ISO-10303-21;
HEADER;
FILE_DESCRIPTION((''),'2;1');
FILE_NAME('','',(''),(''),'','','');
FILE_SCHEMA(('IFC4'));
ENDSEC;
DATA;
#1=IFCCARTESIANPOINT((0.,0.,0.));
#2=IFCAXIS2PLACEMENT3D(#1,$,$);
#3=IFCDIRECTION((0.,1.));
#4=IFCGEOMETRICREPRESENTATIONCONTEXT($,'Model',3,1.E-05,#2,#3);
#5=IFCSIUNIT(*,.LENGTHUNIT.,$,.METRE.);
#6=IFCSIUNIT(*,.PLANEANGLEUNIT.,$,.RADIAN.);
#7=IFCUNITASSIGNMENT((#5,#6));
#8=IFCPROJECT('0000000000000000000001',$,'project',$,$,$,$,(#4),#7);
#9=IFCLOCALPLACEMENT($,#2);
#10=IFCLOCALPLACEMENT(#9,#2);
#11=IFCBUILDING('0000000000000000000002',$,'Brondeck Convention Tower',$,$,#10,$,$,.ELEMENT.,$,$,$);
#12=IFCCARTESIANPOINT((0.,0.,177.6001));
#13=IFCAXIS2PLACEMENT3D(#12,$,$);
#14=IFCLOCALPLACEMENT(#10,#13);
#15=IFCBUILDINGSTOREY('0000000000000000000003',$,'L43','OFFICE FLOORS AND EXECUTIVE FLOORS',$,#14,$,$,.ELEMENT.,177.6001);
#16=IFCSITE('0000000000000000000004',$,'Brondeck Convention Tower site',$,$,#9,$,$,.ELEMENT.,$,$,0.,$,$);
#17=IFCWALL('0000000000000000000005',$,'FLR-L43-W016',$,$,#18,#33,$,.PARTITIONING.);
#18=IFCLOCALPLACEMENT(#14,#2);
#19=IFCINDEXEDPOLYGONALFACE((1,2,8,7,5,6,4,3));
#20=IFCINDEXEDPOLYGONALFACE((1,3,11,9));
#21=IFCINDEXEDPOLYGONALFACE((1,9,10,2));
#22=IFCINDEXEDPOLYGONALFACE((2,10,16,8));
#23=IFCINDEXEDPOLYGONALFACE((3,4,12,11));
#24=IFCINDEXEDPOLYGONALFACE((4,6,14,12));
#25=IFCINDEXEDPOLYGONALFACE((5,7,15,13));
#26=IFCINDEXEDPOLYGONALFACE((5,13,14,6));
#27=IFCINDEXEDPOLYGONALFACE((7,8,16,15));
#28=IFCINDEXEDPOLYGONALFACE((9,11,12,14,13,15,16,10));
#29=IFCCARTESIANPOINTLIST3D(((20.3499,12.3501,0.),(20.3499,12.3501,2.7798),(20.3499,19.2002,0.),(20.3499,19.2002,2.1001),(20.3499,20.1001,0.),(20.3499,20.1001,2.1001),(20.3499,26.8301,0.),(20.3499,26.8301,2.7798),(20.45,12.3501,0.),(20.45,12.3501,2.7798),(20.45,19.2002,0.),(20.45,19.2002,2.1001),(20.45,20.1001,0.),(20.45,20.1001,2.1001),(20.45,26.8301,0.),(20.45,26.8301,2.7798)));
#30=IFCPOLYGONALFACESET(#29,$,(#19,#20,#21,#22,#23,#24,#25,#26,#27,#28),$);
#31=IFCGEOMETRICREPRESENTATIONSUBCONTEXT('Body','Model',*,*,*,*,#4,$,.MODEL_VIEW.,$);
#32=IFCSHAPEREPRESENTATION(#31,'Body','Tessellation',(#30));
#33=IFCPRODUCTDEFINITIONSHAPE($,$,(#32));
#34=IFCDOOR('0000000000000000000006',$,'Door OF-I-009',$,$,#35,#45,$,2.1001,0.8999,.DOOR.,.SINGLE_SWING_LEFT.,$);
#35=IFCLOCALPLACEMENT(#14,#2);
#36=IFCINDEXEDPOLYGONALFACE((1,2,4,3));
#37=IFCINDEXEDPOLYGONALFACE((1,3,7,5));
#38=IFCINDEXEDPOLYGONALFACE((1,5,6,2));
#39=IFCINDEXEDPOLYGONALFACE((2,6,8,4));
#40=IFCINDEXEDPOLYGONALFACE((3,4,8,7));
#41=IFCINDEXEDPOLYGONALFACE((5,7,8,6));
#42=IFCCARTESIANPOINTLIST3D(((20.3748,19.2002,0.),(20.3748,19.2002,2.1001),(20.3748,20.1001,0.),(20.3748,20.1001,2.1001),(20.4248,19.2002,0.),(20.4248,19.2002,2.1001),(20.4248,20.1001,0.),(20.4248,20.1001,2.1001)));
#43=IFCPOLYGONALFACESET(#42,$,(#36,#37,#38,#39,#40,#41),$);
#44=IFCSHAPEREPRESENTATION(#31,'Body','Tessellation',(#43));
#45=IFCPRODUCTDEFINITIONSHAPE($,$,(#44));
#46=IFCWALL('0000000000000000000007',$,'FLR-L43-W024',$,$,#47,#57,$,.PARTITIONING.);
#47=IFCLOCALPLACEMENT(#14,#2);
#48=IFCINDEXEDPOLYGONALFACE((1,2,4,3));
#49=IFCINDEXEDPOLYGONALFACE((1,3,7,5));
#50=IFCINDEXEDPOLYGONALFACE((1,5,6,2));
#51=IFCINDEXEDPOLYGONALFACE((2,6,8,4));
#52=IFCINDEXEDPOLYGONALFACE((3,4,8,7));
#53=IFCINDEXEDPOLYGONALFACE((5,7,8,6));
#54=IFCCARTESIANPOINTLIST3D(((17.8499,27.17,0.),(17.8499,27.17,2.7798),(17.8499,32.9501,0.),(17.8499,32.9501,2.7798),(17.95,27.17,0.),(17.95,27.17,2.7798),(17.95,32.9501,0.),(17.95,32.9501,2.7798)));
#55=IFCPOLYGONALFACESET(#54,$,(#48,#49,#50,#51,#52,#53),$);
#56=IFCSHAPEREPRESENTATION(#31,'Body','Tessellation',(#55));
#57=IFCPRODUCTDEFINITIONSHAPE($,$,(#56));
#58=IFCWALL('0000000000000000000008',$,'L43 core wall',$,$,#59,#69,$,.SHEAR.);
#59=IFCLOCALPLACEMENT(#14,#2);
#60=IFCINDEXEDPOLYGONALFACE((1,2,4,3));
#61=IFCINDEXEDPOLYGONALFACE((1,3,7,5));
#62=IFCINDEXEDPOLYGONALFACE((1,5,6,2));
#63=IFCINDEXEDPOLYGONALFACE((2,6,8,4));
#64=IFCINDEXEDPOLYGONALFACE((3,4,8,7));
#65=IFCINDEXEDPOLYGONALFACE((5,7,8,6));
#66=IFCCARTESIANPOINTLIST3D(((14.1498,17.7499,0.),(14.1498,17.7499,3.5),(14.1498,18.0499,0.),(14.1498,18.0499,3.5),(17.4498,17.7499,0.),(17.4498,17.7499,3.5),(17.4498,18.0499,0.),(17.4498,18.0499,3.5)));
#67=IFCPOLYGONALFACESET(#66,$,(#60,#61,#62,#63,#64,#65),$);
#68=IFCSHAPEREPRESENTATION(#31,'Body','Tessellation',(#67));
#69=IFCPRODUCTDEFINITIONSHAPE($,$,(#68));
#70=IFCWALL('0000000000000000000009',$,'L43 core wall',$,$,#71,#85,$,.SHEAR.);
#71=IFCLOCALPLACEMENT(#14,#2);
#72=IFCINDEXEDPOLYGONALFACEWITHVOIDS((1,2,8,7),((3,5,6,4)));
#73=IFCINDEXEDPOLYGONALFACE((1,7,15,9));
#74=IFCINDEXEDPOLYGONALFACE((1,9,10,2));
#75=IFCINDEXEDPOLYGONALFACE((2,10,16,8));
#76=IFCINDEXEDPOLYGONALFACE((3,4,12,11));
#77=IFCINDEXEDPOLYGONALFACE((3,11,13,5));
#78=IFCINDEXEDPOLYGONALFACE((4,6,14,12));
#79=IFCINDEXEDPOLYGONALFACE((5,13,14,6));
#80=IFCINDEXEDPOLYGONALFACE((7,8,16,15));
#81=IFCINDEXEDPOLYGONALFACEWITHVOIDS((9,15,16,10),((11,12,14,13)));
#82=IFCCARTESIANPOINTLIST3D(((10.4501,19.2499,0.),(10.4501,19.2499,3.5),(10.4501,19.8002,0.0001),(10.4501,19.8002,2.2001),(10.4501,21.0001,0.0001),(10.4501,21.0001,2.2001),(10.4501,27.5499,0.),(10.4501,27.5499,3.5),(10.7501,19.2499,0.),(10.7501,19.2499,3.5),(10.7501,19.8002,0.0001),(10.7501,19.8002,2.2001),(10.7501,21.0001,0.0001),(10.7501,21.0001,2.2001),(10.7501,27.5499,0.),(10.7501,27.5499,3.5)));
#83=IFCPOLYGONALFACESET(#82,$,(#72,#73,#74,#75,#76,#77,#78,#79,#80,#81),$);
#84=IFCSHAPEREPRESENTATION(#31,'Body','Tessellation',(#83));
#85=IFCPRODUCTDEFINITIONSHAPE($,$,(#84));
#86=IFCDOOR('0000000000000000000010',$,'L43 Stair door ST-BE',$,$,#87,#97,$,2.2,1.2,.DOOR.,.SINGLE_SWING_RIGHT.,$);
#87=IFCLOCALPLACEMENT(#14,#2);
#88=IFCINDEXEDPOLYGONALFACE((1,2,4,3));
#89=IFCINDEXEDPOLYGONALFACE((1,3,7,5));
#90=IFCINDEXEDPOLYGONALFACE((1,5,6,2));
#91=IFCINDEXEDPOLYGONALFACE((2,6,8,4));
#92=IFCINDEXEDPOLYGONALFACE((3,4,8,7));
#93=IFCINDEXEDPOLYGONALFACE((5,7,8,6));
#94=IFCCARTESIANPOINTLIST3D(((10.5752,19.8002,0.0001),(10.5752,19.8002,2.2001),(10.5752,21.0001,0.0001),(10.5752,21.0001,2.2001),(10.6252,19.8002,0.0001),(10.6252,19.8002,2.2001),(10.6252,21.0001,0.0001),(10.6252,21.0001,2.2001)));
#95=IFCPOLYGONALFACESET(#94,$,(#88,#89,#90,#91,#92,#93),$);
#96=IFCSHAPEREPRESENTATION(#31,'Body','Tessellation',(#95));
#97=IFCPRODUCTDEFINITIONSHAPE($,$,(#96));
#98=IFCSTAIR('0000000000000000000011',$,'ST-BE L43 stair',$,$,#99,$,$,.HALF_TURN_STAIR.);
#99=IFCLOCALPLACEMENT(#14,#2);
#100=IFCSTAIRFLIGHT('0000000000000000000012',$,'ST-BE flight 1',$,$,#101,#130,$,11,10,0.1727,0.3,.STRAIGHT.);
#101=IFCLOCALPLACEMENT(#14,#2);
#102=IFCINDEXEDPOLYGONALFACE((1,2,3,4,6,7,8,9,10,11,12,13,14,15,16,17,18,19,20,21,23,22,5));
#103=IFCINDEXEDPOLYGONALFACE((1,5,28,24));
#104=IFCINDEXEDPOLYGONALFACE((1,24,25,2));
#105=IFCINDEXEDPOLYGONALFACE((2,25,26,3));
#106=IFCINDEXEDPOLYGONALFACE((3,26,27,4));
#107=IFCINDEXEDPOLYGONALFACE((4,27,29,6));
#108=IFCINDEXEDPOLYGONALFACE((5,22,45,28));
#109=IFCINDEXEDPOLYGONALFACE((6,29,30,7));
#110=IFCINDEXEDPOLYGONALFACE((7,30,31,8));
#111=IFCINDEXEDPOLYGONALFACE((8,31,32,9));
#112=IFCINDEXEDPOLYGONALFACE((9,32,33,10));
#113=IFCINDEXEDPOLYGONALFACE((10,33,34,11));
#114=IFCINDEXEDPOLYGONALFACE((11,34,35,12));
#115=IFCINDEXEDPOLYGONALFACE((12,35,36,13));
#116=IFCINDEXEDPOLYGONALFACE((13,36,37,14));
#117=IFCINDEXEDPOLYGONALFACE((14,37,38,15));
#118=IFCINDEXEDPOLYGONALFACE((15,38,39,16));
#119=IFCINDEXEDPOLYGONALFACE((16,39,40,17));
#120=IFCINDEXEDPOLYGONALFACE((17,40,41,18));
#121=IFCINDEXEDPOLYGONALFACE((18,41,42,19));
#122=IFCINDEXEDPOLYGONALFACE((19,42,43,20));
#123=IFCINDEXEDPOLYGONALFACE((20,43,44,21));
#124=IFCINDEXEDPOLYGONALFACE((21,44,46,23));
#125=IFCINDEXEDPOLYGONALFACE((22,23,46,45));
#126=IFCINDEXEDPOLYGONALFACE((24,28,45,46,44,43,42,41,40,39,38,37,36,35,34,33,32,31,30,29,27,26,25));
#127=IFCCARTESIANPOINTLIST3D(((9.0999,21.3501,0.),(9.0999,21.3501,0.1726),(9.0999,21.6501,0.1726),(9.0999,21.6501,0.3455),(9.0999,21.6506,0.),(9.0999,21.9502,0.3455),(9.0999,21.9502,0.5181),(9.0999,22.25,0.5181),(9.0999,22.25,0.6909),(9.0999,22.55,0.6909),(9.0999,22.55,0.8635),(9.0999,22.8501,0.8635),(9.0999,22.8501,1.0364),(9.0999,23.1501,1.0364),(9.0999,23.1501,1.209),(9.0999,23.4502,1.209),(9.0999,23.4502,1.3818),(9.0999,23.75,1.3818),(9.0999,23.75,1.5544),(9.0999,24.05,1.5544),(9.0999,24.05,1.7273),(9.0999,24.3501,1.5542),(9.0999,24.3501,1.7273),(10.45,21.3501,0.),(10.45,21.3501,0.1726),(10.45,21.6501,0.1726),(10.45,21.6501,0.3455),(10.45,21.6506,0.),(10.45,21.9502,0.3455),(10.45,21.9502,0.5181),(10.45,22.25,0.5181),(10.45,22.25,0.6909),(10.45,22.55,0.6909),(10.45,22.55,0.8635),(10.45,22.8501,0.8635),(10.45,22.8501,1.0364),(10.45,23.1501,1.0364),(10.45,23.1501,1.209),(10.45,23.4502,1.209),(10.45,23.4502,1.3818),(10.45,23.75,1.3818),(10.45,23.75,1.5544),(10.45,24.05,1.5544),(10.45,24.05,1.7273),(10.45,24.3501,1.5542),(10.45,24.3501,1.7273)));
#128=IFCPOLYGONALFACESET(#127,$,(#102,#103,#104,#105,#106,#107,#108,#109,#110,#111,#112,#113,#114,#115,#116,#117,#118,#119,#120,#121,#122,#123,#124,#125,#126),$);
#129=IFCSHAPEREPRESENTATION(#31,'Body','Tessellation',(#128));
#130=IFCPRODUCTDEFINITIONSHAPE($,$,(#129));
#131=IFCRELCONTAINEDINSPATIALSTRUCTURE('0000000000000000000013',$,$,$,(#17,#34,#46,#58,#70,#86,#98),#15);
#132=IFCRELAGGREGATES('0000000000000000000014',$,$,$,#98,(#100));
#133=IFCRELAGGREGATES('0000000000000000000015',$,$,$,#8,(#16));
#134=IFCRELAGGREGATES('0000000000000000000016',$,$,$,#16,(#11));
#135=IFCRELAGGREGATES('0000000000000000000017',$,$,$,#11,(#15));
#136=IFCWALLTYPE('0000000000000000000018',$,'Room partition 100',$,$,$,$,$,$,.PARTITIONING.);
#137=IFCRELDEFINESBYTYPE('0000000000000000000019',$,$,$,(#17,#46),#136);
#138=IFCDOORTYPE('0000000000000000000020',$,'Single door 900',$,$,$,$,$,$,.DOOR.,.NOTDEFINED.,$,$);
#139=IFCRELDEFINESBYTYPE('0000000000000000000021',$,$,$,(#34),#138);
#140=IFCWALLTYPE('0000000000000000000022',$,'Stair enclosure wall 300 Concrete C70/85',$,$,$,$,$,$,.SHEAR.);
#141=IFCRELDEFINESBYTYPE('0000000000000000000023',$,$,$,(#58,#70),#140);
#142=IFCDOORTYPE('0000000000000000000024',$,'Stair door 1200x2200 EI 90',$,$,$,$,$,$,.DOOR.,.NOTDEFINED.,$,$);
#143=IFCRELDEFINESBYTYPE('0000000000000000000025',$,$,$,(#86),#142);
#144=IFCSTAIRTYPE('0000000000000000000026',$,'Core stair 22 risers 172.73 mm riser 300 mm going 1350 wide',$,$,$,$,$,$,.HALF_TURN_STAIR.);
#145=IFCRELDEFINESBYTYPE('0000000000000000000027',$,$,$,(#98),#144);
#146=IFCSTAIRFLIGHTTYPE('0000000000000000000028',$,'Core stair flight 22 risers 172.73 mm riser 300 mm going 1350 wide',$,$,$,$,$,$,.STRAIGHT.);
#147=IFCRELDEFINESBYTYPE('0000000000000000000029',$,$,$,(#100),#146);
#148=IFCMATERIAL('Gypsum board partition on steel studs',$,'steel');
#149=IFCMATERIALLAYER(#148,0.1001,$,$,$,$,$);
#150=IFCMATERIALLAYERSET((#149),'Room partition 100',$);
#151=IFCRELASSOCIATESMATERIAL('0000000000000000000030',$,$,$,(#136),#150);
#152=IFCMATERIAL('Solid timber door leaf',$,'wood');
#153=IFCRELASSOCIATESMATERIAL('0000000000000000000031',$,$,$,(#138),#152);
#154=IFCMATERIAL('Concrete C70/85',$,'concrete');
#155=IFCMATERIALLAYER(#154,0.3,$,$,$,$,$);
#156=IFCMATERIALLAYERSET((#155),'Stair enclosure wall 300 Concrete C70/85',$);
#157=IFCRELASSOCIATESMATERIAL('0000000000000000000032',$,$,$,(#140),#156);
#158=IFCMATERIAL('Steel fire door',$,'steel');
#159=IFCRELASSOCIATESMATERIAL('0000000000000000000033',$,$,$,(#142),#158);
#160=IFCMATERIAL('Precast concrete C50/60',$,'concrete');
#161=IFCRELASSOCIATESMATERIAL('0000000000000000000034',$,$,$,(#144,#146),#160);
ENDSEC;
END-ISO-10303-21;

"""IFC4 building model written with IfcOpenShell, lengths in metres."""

from ifc_helpers import new_model, si_unit, direction, frame, frame_2d, origin, place, context, subcontext, project, spatial, polyline, rectangle, outline, extrude, material, layer, layer_set, type_object, element, fill, aggregate, save


model = new_model("IFC4")

# Units and contexts
model_context = context("Model", 3, precision=1e-05, world=origin(), true_north=direction((0.0, 1.0)))
body_context = subcontext(model_context, "Body", "Model", "MODEL_VIEW")
ifc_project = project(units=[si_unit("LENGTHUNIT", "METRE"), si_unit("PLANEANGLEUNIT", "RADIAN")], contexts=[model_context])

# Site, building, storey
site_placement = place(None, origin())
site = spatial("IfcSite", under=ifc_project, at=site_placement, Name="Brondeck Convention Tower site", CompositionType="ELEMENT", RefElevation=0.0)
building_placement = place(site_placement, origin())
building = spatial("IfcBuilding", under=site, at=building_placement, Name="Brondeck Convention Tower", CompositionType="ELEMENT")
storey_placement = place(building_placement, frame((0.0, 0.0, 177.6001)))
storey = spatial("IfcBuildingStorey", under=building, at=storey_placement, Name="L43", Description="OFFICE FLOORS AND EXECUTIVE FLOORS", CompositionType="ELEMENT", Elevation=177.6001)

# Shared definitions
ifc_material_1 = material(Name="Concrete C70/85", Category="concrete")

# Shared definitions
ifc_material_2 = material(Name="Gypsum board partition on steel studs", Category="steel")
ifc_layer_1 = layer(ifc_material_2, 0.1001)
ifc_layer_set_1 = layer_set([ifc_layer_1], Name="Room partition 100")
wall_type_1 = type_object("IfcWallType", Name="Room partition 100", PredefinedType="PARTITIONING", material=ifc_layer_set_1)

# Wall, opening, door
wall_1_placement = place(storey_placement, frame((20.3999, 26.8301, 0.0), z_axis=(0.0, 0.0, 1.0), x_axis=(0.0, -1.0, 0.0)))
wall_1 = element("IfcWall", 1, at=wall_1_placement, inside=storey, type_object=wall_type_1, Name="FLR-L43-W016", PredefinedType="PARTITIONING", context=body_context, shape_type="SweptSolid", body=[
    extrude(rectangle(XDim=14.48, YDim=0.1001, at=frame_2d((7.24, 0.0))), origin(), (0.0, 0.0, 1.0), 2.7798),
])
opening_1_placement = place(wall_1_placement, frame((6.73, 0.0, 0.0)))
opening_1 = element("IfcOpeningElement", 2, at=opening_1_placement, cuts=wall_1, PredefinedType="OPENING", context=body_context, shape_type="SweptSolid", body=[
    extrude(rectangle(XDim=0.8999, YDim=2.1001, at=frame_2d((0.45, 1.05))), frame((0.0, 0.0601, 0.0), z_axis=(0.0, -1.0, 0.0), x_axis=(1.0, 0.0, 0.0)), (0.0, 0.0, 1.0), 0.1201),
])
ifc_material_3 = material(Name="Solid timber door leaf", Category="wood")
door_type_1 = type_object("IfcDoorType", Name="Single door 900", OperationType="NOTDEFINED", PredefinedType="DOOR", material=ifc_material_3)
door_1_placement = place(opening_1_placement, origin())
door_1 = element("IfcDoor", 3, at=door_1_placement, inside=storey, type_object=door_type_1, Name="Door OF-I-009", OperationType="SINGLE_SWING_LEFT", OverallHeight=2.1001, OverallWidth=0.8999, PredefinedType="DOOR", context=body_context, shape_type="SweptSolid", body=[
    extrude(rectangle(XDim=0.8999, YDim=2.1001, at=frame_2d((0.45, 1.05))), frame((0.0, 0.0249, 0.0), z_axis=(0.0, -1.0, 0.0), x_axis=(1.0, 0.0, 0.0)), (0.0, 0.0, 1.0), 0.05),
])
fill(opening_1, door_1)

# Walls
wall_2_placement = place(storey_placement, frame((17.8999, 27.1699, 0.0), z_axis=(0.0, 0.0, 1.0), x_axis=(0.0, 1.0, 0.0)))
element("IfcWall", 4, at=wall_2_placement, inside=storey, type_object=wall_type_1, Name="FLR-L43-W024", PredefinedType="PARTITIONING", context=body_context, shape_type="SweptSolid", body=[
    extrude(rectangle(XDim=5.78, YDim=0.1001, at=frame_2d((2.8901, 0.0))), origin(), (0.0, 0.0, 1.0), 2.7798),
])
ifc_layer_2 = layer(ifc_material_1, 0.3)
ifc_layer_set_2 = layer_set([ifc_layer_2], Name="Stair enclosure wall 300 Concrete C70/85")
wall_type_2 = type_object("IfcWallType", Name="Stair enclosure wall 300 Concrete C70/85", PredefinedType="SHEAR", material=ifc_layer_set_2)
wall_3_placement = place(storey_placement, frame((14.1499, 17.8999, 0.0), z_axis=(0.0, 0.0, 1.0), x_axis=(1.0, 0.0, 0.0)))
element("IfcWall", 5, at=wall_3_placement, inside=storey, type_object=wall_type_2, Name="L43 core wall", PredefinedType="SHEAR", context=body_context, shape_type="SweptSolid", body=[
    extrude(rectangle(XDim=3.3, YDim=0.3, at=frame_2d((1.6499, 0.0))), origin(), (0.0, 0.0, 1.0), 3.5),
])

# Wall, opening, door
wall_4_placement = place(storey_placement, frame((10.6001, 19.25, 0.0), z_axis=(0.0, 0.0, 1.0), x_axis=(0.0, 1.0, 0.0)))
wall_4 = element("IfcWall", 6, at=wall_4_placement, inside=storey, type_object=wall_type_2, Name="L43 core wall", PredefinedType="SHEAR", context=body_context, shape_type="SweptSolid", body=[
    extrude(rectangle(XDim=8.3, YDim=0.3, at=frame_2d((4.1499, 0.0))), origin(), (0.0, 0.0, 1.0), 3.5),
])
opening_2_placement = place(wall_4_placement, frame((0.55, 0.0, 0.0)))
opening_2 = element("IfcOpeningElement", 7, at=opening_2_placement, cuts=wall_4, PredefinedType="OPENING", context=body_context, shape_type="SweptSolid", body=[
    extrude(rectangle(XDim=1.2, YDim=2.2, at=frame_2d((0.6001, 1.1001))), frame((0.0, 0.1599, 0.0), z_axis=(0.0, -1.0, 0.0), x_axis=(1.0, 0.0, 0.0)), (0.0, 0.0, 1.0), 0.3201),
])
ifc_material_4 = material(Name="Steel fire door", Category="steel")
door_type_2 = type_object("IfcDoorType", Name="Stair door 1200x2200 EI 90", OperationType="NOTDEFINED", PredefinedType="DOOR", material=ifc_material_4)
door_2_placement = place(opening_2_placement, origin())
door_2 = element("IfcDoor", 8, at=door_2_placement, inside=storey, type_object=door_type_2, Name="L43 Stair door ST-BE", OperationType="SINGLE_SWING_RIGHT", OverallHeight=2.2, OverallWidth=1.2, PredefinedType="DOOR", context=body_context, shape_type="SweptSolid", body=[
    extrude(rectangle(XDim=1.2, YDim=2.2, at=frame_2d((0.6001, 1.1001))), frame((0.0, 0.0249, 0.0), z_axis=(0.0, -1.0, 0.0), x_axis=(1.0, 0.0, 0.0)), (0.0, 0.0, 1.0), 0.05),
])
fill(opening_2, door_2)

# Stair, stair flight
ifc_material_5 = material(Name="Precast concrete C50/60", Category="concrete")
stair_type = type_object("IfcStairType", Name="Core stair 22 risers 172.73 mm riser 300 mm going 1350 wide", PredefinedType="HALF_TURN_STAIR", material=ifc_material_5)
stair_placement = place(storey_placement, origin())
stair = element("IfcStair", 9, at=stair_placement, inside=storey, type_object=stair_type, Name="ST-BE L43 stair", PredefinedType="HALF_TURN_STAIR")
stair_flight_type = type_object("IfcStairFlightType", Name="Core stair flight 22 risers 172.73 mm riser 300 mm going 1350 wide", PredefinedType="STRAIGHT", material=ifc_material_5)
stair_flight_placement = place(storey_placement, frame((9.7749, 21.3501, 0.0), z_axis=(0.0, 0.0, 1.0), x_axis=(0.0, 1.0, 0.0)))
stair_flight = element("IfcStairFlight", 10, at=stair_flight_placement, type_object=stair_flight_type, Name="ST-BE flight 1", NumberOfRisers=11, NumberOfTreads=10, PredefinedType="STRAIGHT", RiserHeight=0.1727, TreadLength=0.3, context=body_context, shape_type="SweptSolid", body=[
    extrude(outline(polyline([(0.0, 0.0), (0.0, 0.1726), (0.3, 0.1726), (0.3, 0.3455), (0.6001, 0.3455), (0.6001, 0.5181), (0.8999, 0.5181), (0.8999, 0.6909), (1.2, 0.6909), (1.2, 0.8635), (1.5, 0.8635), (1.5, 1.0364), (1.8, 1.0364), (1.8, 1.209), (2.1001, 1.209), (2.1001, 1.3818), (2.3999, 1.3818), (2.3999, 1.5544), (2.7, 1.5544), (2.7, 1.7273), (3.0, 1.7273), (3.0, 1.8999), (3.0, 1.5542), (0.3005, 0.0), (0.0, 0.0)])), frame((0.0, 0.675, 0.0), z_axis=(0.0, -1.0, 0.0), x_axis=(1.0, 0.0, 0.0)), (0.0, 0.0, 1.0), 1.3501),
])
aggregate(stair, [stair_flight])

save(model, "model.ifc")
